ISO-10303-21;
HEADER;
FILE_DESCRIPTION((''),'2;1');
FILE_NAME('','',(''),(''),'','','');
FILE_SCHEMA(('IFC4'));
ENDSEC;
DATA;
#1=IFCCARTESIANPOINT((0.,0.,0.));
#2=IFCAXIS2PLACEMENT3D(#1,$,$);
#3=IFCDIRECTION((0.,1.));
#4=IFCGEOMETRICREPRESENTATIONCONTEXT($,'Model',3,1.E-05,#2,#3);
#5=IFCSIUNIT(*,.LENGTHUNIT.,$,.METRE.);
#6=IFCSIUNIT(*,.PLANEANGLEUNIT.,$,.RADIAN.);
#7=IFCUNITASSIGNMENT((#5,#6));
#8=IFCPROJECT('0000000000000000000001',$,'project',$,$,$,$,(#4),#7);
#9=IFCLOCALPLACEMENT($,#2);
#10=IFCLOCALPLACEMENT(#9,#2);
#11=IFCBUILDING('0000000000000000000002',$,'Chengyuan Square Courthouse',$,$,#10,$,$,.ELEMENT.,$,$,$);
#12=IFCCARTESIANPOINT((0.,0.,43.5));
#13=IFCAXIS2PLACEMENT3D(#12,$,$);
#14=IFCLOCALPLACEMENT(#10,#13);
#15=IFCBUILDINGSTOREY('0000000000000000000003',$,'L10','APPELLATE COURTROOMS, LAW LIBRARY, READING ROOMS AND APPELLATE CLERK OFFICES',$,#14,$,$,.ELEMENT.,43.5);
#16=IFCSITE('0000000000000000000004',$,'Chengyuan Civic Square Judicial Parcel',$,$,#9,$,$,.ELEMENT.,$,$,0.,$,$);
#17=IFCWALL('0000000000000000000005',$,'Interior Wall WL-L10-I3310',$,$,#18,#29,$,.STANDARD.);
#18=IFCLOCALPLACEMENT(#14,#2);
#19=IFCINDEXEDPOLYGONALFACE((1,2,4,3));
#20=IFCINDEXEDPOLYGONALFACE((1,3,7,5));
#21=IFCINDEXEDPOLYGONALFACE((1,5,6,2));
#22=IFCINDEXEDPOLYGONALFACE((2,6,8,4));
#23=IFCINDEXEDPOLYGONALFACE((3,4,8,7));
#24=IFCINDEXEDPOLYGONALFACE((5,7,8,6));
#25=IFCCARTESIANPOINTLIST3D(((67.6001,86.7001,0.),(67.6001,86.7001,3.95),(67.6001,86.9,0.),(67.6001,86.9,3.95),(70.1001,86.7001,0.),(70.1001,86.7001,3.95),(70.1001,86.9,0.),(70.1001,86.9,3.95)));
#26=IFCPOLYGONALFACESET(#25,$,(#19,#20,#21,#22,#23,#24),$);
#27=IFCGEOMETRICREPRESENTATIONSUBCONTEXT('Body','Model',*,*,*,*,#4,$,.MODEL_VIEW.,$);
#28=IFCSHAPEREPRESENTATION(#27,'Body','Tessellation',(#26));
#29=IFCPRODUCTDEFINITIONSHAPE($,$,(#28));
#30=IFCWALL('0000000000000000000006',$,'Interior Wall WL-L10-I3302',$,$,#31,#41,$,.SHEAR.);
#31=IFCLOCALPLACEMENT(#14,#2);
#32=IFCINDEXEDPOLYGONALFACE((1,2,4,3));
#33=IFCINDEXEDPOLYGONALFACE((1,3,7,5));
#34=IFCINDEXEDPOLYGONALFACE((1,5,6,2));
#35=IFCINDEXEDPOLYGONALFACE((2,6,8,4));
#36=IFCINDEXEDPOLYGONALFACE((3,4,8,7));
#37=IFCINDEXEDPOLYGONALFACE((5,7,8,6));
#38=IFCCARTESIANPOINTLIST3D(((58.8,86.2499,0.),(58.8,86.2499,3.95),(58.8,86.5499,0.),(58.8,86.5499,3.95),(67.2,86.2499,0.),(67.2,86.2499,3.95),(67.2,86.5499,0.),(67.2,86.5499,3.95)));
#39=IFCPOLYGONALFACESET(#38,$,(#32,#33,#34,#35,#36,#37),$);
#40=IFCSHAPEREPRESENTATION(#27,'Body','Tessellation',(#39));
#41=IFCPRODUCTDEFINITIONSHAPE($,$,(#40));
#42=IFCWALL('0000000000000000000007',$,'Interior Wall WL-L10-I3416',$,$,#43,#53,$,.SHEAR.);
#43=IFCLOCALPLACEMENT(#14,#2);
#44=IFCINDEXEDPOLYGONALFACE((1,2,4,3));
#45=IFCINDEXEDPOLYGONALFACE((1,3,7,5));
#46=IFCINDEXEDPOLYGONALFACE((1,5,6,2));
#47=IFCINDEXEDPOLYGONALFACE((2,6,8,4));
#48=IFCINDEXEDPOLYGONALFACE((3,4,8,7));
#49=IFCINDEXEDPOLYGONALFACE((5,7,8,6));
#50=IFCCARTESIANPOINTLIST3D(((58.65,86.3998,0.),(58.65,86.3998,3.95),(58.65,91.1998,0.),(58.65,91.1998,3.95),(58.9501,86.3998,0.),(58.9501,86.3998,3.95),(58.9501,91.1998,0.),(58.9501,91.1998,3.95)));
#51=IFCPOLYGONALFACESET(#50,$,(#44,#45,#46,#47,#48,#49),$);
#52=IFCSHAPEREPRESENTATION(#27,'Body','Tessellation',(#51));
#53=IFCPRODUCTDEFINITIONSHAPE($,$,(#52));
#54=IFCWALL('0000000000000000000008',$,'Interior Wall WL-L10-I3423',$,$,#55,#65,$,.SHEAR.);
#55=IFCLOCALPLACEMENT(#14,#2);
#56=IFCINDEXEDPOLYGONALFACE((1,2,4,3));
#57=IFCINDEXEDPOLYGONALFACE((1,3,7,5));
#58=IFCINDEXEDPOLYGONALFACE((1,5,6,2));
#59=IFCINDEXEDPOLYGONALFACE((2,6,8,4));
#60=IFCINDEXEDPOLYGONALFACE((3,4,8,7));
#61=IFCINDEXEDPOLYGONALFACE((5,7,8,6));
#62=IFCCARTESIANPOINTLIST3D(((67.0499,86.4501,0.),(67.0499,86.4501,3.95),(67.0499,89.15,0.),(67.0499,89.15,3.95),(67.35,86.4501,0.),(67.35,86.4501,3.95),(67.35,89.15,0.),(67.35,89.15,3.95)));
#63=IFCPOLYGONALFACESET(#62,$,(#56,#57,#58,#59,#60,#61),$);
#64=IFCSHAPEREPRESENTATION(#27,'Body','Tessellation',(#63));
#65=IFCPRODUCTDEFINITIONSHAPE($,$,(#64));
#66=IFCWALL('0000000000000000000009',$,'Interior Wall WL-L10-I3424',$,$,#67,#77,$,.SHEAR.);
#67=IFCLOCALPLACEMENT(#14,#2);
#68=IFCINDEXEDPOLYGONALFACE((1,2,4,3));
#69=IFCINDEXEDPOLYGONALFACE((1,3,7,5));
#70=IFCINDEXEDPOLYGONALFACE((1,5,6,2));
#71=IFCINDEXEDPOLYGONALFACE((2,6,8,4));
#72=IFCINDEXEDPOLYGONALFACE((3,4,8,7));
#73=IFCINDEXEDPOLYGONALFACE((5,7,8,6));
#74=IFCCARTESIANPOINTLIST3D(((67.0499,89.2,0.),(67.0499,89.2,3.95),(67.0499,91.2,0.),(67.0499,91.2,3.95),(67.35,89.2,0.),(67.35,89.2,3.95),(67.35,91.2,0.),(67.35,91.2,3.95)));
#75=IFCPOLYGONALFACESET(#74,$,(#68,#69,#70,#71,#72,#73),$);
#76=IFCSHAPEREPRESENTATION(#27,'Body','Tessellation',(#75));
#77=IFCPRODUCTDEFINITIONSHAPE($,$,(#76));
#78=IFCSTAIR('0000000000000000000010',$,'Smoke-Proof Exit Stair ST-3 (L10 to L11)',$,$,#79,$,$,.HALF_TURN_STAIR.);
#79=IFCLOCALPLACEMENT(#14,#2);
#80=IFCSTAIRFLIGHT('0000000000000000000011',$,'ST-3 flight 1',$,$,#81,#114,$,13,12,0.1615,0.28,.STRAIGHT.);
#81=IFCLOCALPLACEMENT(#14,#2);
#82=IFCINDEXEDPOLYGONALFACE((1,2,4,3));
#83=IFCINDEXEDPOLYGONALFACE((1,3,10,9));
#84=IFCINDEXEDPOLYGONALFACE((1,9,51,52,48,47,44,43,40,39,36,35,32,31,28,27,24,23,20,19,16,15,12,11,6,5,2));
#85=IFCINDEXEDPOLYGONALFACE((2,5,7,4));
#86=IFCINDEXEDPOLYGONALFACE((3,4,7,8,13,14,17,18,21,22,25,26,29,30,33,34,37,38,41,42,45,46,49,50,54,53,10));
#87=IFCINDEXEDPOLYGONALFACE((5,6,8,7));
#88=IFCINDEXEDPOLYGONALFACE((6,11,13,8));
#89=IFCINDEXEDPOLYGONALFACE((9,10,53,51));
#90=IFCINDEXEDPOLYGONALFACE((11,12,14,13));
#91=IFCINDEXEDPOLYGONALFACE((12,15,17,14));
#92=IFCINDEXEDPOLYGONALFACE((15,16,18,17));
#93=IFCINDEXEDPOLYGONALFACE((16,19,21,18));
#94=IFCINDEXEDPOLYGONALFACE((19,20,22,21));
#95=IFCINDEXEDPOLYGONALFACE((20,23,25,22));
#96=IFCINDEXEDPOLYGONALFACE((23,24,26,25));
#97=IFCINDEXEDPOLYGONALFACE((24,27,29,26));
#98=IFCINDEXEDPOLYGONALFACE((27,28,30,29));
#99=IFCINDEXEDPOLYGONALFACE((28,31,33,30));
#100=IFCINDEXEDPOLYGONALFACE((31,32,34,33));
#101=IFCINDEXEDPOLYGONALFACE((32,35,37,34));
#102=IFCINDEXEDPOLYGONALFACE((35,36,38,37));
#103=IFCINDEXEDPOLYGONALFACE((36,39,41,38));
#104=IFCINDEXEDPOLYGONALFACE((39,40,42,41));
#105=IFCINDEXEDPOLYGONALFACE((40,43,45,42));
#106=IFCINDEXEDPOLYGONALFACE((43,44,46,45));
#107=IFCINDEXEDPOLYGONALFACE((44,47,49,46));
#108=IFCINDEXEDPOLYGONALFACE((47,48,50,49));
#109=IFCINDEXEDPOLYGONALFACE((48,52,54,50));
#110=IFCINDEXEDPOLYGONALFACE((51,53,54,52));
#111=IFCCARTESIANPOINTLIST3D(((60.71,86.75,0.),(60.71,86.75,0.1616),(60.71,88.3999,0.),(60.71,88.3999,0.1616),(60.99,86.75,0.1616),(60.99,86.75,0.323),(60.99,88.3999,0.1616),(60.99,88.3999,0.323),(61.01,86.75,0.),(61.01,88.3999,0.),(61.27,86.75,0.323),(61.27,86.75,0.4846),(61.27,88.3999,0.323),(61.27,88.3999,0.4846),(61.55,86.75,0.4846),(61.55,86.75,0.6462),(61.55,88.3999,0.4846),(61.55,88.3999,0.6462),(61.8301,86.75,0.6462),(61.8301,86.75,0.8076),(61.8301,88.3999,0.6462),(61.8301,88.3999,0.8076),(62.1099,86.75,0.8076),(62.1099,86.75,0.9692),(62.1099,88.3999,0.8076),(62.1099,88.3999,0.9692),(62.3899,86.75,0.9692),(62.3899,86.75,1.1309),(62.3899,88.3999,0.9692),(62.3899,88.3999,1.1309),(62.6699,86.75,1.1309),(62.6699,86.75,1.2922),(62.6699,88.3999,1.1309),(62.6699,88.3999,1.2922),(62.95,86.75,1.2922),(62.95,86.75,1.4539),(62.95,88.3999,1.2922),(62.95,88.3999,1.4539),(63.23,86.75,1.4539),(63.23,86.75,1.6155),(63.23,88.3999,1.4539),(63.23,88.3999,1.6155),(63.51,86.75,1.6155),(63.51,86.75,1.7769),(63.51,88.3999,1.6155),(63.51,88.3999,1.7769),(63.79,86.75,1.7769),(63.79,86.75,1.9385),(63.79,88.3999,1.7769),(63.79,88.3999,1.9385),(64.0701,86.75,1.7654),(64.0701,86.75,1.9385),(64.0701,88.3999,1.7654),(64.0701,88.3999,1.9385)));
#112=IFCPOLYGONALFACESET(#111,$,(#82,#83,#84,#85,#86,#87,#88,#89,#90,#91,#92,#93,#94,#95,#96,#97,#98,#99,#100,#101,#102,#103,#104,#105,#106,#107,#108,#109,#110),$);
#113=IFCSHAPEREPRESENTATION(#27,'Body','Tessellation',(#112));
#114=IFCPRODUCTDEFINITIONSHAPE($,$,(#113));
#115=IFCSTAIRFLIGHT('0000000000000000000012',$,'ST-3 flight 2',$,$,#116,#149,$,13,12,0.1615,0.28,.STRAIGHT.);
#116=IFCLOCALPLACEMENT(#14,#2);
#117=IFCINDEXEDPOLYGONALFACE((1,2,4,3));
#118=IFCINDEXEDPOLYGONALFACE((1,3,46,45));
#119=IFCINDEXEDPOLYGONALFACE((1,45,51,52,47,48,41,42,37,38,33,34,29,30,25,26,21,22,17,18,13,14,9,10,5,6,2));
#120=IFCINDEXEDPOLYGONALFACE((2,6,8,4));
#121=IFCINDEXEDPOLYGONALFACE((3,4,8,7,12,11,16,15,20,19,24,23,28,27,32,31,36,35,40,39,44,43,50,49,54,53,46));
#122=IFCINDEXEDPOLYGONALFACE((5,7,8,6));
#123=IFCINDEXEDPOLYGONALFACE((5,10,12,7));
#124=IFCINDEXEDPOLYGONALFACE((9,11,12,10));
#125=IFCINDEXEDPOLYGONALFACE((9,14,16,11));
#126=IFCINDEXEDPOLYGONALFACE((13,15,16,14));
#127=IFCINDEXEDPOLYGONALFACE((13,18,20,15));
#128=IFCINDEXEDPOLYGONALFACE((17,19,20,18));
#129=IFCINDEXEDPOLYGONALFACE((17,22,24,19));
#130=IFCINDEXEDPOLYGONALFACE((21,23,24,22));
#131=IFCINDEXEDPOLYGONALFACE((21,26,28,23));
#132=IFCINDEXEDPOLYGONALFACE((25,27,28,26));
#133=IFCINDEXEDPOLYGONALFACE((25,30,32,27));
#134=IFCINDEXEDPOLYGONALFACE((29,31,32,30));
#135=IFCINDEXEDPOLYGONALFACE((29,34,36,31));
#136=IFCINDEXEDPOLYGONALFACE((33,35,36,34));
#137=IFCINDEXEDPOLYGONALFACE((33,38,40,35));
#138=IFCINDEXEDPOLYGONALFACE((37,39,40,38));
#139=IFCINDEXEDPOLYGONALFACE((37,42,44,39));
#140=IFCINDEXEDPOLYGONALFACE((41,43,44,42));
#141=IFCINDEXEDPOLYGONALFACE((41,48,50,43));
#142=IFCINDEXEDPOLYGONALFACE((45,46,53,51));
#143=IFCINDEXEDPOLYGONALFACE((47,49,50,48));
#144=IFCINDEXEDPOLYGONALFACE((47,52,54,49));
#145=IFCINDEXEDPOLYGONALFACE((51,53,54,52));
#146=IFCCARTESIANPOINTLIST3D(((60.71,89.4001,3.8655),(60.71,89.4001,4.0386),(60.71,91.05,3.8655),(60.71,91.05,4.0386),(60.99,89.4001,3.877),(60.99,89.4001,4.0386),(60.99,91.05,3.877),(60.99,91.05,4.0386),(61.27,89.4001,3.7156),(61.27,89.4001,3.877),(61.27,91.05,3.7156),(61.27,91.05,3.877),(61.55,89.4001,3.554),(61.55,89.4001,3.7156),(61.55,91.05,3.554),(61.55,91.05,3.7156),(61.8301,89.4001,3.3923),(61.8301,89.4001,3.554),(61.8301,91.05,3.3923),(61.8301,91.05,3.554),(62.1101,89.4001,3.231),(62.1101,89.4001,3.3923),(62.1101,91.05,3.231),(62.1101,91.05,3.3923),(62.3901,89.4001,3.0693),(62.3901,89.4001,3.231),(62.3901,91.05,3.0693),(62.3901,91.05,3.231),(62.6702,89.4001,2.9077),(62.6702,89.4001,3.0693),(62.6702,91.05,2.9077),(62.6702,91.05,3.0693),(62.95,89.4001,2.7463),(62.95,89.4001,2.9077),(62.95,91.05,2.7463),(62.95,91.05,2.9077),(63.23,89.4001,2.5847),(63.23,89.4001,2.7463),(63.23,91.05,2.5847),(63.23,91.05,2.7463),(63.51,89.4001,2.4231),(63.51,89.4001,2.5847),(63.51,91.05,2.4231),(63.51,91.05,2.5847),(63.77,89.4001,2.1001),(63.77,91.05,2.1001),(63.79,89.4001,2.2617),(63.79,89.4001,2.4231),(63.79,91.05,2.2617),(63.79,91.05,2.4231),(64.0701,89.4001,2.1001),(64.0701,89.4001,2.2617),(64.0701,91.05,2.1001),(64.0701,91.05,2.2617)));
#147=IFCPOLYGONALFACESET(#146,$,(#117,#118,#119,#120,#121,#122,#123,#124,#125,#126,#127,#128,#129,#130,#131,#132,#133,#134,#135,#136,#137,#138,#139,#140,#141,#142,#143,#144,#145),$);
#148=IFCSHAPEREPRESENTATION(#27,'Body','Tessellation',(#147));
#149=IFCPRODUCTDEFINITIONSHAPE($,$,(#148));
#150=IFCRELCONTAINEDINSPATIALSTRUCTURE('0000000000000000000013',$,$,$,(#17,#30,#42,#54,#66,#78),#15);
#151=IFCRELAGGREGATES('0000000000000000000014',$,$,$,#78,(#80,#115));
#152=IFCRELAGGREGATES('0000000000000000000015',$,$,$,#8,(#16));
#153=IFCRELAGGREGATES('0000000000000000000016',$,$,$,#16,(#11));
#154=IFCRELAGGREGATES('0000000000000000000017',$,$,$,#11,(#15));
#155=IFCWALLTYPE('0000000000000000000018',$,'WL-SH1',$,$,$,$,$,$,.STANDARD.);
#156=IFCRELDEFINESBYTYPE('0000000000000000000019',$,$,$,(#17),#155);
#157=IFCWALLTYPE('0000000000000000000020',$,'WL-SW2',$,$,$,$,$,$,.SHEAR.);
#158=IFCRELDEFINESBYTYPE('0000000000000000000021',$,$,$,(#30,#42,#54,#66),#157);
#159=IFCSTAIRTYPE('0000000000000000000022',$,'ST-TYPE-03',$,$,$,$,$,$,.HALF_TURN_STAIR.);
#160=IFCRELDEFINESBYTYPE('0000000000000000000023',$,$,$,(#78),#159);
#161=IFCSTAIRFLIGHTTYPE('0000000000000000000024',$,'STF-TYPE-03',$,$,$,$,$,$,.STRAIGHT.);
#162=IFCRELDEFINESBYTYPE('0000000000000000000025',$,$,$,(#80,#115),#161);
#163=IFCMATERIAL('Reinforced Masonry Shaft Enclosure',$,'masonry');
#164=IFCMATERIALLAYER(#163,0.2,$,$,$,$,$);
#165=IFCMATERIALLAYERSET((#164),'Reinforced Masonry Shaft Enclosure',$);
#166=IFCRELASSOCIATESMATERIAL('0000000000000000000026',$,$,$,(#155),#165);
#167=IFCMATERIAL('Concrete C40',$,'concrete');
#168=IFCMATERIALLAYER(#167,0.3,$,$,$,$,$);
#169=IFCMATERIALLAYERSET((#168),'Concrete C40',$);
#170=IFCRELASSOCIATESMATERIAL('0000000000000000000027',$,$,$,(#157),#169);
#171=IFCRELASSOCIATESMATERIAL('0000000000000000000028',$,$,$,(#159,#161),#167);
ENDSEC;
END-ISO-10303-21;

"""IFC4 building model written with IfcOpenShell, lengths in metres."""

from ifc_helpers import new_model, si_unit, direction, frame, frame_2d, origin, place, context, subcontext, project, spatial, polyline, rectangle, outline, extrude, material, layer, layer_set, type_object, element, aggregate, save


model = new_model("IFC4")

# Units and contexts
model_context = context("Model", 3, precision=1e-05, world=origin(), true_north=direction((0.0, 1.0)))
body_context = subcontext(model_context, "Body", "Model", "MODEL_VIEW")
ifc_project = project(units=[si_unit("LENGTHUNIT", "METRE"), si_unit("PLANEANGLEUNIT", "RADIAN")], contexts=[model_context])

# Site, building, storey
site_placement = place(None, origin())
site = spatial("IfcSite", under=ifc_project, at=site_placement, Name="Chengyuan Civic Square Judicial Parcel", CompositionType="ELEMENT", RefElevation=0.0)
building_placement = place(site_placement, origin())
building = spatial("IfcBuilding", under=site, at=building_placement, Name="Chengyuan Square Courthouse", CompositionType="ELEMENT")
storey_placement = place(building_placement, frame((0.0, 0.0, 43.5)))
storey = spatial("IfcBuildingStorey", under=building, at=storey_placement, Name="L10", Description="APPELLATE COURTROOMS, LAW LIBRARY, READING ROOMS AND APPELLATE CLERK OFFICES", CompositionType="ELEMENT", Elevation=43.5)

# Shared definitions
ifc_material_1 = material(Name="Concrete C40", Category="concrete")

# Walls
ifc_material_2 = material(Name="Reinforced Masonry Shaft Enclosure", Category="masonry")
ifc_layer_1 = layer(ifc_material_2, 0.2)
ifc_layer_set_1 = layer_set([ifc_layer_1], Name="Reinforced Masonry Shaft Enclosure")
wall_type_1 = type_object("IfcWallType", Name="WL-SH1", PredefinedType="STANDARD", material=ifc_layer_set_1)
wall_1_placement = place(storey_placement, frame((67.6001, 86.8, 0.0), z_axis=(0.0, 0.0, 1.0), x_axis=(1.0, 0.0, 0.0)))
element("IfcWall", 1, at=wall_1_placement, inside=storey, type_object=wall_type_1, Name="Interior Wall WL-L10-I3310", PredefinedType="STANDARD", context=body_context, shape_type="SweptSolid", body=[
    extrude(rectangle(XDim=2.5, YDim=0.2, at=frame_2d((1.25, 0.0))), origin(), (0.0, 0.0, 1.0), 3.95),
])
ifc_layer_2 = layer(ifc_material_1, 0.3)
ifc_layer_set_2 = layer_set([ifc_layer_2], Name="Concrete C40")
wall_type_2 = type_object("IfcWallType", Name="WL-SW2", PredefinedType="SHEAR", material=ifc_layer_set_2)
wall_2_placement = place(storey_placement, frame((58.8, 86.3999, 0.0), z_axis=(0.0, 0.0, 1.0), x_axis=(1.0, 0.0, 0.0)))
element("IfcWall", 2, at=wall_2_placement, inside=storey, type_object=wall_type_2, Name="Interior Wall WL-L10-I3302", PredefinedType="SHEAR", context=body_context, shape_type="SweptSolid", body=[
    extrude(rectangle(XDim=8.3999, YDim=0.3, at=frame_2d((4.2, 0.0))), origin(), (0.0, 0.0, 1.0), 3.95),
])
wall_3_placement = place(storey_placement, frame((58.8, 86.3999, 0.0), z_axis=(0.0, 0.0, 1.0), x_axis=(0.0, 1.0, 0.0)))
element("IfcWall", 3, at=wall_3_placement, inside=storey, type_object=wall_type_2, Name="Interior Wall WL-L10-I3416", PredefinedType="SHEAR", context=body_context, shape_type="SweptSolid", body=[
    extrude(rectangle(XDim=4.8, YDim=0.3, at=frame_2d((2.3999, 0.0))), origin(), (0.0, 0.0, 1.0), 3.95),
])
wall_4_placement = place(storey_placement, frame((67.2, 86.45, 0.0), z_axis=(0.0, 0.0, 1.0), x_axis=(0.0, 1.0, 0.0)))
element("IfcWall", 4, at=wall_4_placement, inside=storey, type_object=wall_type_2, Name="Interior Wall WL-L10-I3423", PredefinedType="SHEAR", context=body_context, shape_type="SweptSolid", body=[
    extrude(rectangle(XDim=2.7, YDim=0.3, at=frame_2d((1.3501, 0.0))), origin(), (0.0, 0.0, 1.0), 3.95),
])
wall_5_placement = place(storey_placement, frame((67.2, 89.2, 0.0), z_axis=(0.0, 0.0, 1.0), x_axis=(0.0, 1.0, 0.0)))
element("IfcWall", 5, at=wall_5_placement, inside=storey, type_object=wall_type_2, Name="Interior Wall WL-L10-I3424", PredefinedType="SHEAR", context=body_context, shape_type="SweptSolid", body=[
    extrude(rectangle(XDim=2.0, YDim=0.3, at=frame_2d((1.0, 0.0))), origin(), (0.0, 0.0, 1.0), 3.95),
])

# Stair, stair flights
stair_type = type_object("IfcStairType", Name="ST-TYPE-03", PredefinedType="HALF_TURN_STAIR", material=ifc_material_1)
stair_placement = place(storey_placement, origin())
stair = element("IfcStair", 6, at=stair_placement, inside=storey, type_object=stair_type, Name="Smoke-Proof Exit Stair ST-3 (L10 to L11)", PredefinedType="HALF_TURN_STAIR")
stair_flight_type = type_object("IfcStairFlightType", Name="STF-TYPE-03", PredefinedType="STRAIGHT", material=ifc_material_1)
stair_flight_1_placement = place(storey_placement, frame((60.71, 87.575, 0.0), z_axis=(0.0, 0.0, 1.0), x_axis=(1.0, 0.0, 0.0)))
stair_flight_1 = element("IfcStairFlight", 7, at=stair_flight_1_placement, type_object=stair_flight_type, Name="ST-3 flight 1", NumberOfRisers=13, NumberOfTreads=12, PredefinedType="STRAIGHT", RiserHeight=0.1615, TreadLength=0.28, context=body_context, shape_type="SweptSolid", body=[
    extrude(outline(polyline([(0.0, 0.0), (0.0, 0.1616), (0.28, 0.1616), (0.28, 0.323), (0.5601, 0.323), (0.5601, 0.4846), (0.8401, 0.4846), (0.8401, 0.6462), (1.1201, 0.6462), (1.1201, 0.8076), (1.3999, 0.8076), (1.3999, 0.9692), (1.6799, 0.9692), (1.6799, 1.1309), (1.96, 1.1309), (1.96, 1.2922), (2.24, 1.2922), (2.24, 1.4539), (2.52, 1.4539), (2.52, 1.6155), (2.8, 1.6155), (2.8, 1.7769), (3.0801, 1.7769), (3.0801, 1.9385), (3.3601, 1.9385), (3.3601, 2.1001), (3.3601, 1.7654), (0.3, 0.0), (0.0, 0.0)])), frame((0.0, 0.825, 0.0), z_axis=(0.0, -1.0, 0.0), x_axis=(1.0, 0.0, 0.0)), (0.0, 0.0, 1.0), 1.6499),
])
stair_flight_2_placement = place(storey_placement, frame((64.0701, 90.2251, 2.1001), z_axis=(0.0, 0.0, 1.0), x_axis=(-1.0, 0.0, 0.0)))
stair_flight_2 = element("IfcStairFlight", 8, at=stair_flight_2_placement, type_object=stair_flight_type, Name="ST-3 flight 2", NumberOfRisers=13, NumberOfTreads=12, PredefinedType="STRAIGHT", RiserHeight=0.1615, TreadLength=0.28, context=body_context, shape_type="SweptSolid", body=[
    extrude(outline(polyline([(0.0, 0.0), (0.0, 0.1616), (0.28, 0.1616), (0.28, 0.323), (0.5601, 0.323), (0.5601, 0.4846), (0.8401, 0.4846), (0.8401, 0.6462), (1.1201, 0.6462), (1.1201, 0.8076), (1.3999, 0.8076), (1.3999, 0.9692), (1.6799, 0.9692), (1.6799, 1.1309), (1.96, 1.1309), (1.96, 1.2922), (2.24, 1.2922), (2.24, 1.4539), (2.52, 1.4539), (2.52, 1.6155), (2.8, 1.6155), (2.8, 1.7769), (3.0801, 1.7769), (3.0801, 1.9385), (3.3601, 1.9385), (3.3601, 2.1001), (3.3601, 1.7654), (0.3, 0.0), (0.0, 0.0)])), frame((0.0, 0.825, 0.0), z_axis=(0.0, -1.0, 0.0), x_axis=(1.0, 0.0, 0.0)), (0.0, 0.0, 1.0), 1.6499),
])
aggregate(stair, [stair_flight_1, stair_flight_2])

save(model, "model.ifc")
